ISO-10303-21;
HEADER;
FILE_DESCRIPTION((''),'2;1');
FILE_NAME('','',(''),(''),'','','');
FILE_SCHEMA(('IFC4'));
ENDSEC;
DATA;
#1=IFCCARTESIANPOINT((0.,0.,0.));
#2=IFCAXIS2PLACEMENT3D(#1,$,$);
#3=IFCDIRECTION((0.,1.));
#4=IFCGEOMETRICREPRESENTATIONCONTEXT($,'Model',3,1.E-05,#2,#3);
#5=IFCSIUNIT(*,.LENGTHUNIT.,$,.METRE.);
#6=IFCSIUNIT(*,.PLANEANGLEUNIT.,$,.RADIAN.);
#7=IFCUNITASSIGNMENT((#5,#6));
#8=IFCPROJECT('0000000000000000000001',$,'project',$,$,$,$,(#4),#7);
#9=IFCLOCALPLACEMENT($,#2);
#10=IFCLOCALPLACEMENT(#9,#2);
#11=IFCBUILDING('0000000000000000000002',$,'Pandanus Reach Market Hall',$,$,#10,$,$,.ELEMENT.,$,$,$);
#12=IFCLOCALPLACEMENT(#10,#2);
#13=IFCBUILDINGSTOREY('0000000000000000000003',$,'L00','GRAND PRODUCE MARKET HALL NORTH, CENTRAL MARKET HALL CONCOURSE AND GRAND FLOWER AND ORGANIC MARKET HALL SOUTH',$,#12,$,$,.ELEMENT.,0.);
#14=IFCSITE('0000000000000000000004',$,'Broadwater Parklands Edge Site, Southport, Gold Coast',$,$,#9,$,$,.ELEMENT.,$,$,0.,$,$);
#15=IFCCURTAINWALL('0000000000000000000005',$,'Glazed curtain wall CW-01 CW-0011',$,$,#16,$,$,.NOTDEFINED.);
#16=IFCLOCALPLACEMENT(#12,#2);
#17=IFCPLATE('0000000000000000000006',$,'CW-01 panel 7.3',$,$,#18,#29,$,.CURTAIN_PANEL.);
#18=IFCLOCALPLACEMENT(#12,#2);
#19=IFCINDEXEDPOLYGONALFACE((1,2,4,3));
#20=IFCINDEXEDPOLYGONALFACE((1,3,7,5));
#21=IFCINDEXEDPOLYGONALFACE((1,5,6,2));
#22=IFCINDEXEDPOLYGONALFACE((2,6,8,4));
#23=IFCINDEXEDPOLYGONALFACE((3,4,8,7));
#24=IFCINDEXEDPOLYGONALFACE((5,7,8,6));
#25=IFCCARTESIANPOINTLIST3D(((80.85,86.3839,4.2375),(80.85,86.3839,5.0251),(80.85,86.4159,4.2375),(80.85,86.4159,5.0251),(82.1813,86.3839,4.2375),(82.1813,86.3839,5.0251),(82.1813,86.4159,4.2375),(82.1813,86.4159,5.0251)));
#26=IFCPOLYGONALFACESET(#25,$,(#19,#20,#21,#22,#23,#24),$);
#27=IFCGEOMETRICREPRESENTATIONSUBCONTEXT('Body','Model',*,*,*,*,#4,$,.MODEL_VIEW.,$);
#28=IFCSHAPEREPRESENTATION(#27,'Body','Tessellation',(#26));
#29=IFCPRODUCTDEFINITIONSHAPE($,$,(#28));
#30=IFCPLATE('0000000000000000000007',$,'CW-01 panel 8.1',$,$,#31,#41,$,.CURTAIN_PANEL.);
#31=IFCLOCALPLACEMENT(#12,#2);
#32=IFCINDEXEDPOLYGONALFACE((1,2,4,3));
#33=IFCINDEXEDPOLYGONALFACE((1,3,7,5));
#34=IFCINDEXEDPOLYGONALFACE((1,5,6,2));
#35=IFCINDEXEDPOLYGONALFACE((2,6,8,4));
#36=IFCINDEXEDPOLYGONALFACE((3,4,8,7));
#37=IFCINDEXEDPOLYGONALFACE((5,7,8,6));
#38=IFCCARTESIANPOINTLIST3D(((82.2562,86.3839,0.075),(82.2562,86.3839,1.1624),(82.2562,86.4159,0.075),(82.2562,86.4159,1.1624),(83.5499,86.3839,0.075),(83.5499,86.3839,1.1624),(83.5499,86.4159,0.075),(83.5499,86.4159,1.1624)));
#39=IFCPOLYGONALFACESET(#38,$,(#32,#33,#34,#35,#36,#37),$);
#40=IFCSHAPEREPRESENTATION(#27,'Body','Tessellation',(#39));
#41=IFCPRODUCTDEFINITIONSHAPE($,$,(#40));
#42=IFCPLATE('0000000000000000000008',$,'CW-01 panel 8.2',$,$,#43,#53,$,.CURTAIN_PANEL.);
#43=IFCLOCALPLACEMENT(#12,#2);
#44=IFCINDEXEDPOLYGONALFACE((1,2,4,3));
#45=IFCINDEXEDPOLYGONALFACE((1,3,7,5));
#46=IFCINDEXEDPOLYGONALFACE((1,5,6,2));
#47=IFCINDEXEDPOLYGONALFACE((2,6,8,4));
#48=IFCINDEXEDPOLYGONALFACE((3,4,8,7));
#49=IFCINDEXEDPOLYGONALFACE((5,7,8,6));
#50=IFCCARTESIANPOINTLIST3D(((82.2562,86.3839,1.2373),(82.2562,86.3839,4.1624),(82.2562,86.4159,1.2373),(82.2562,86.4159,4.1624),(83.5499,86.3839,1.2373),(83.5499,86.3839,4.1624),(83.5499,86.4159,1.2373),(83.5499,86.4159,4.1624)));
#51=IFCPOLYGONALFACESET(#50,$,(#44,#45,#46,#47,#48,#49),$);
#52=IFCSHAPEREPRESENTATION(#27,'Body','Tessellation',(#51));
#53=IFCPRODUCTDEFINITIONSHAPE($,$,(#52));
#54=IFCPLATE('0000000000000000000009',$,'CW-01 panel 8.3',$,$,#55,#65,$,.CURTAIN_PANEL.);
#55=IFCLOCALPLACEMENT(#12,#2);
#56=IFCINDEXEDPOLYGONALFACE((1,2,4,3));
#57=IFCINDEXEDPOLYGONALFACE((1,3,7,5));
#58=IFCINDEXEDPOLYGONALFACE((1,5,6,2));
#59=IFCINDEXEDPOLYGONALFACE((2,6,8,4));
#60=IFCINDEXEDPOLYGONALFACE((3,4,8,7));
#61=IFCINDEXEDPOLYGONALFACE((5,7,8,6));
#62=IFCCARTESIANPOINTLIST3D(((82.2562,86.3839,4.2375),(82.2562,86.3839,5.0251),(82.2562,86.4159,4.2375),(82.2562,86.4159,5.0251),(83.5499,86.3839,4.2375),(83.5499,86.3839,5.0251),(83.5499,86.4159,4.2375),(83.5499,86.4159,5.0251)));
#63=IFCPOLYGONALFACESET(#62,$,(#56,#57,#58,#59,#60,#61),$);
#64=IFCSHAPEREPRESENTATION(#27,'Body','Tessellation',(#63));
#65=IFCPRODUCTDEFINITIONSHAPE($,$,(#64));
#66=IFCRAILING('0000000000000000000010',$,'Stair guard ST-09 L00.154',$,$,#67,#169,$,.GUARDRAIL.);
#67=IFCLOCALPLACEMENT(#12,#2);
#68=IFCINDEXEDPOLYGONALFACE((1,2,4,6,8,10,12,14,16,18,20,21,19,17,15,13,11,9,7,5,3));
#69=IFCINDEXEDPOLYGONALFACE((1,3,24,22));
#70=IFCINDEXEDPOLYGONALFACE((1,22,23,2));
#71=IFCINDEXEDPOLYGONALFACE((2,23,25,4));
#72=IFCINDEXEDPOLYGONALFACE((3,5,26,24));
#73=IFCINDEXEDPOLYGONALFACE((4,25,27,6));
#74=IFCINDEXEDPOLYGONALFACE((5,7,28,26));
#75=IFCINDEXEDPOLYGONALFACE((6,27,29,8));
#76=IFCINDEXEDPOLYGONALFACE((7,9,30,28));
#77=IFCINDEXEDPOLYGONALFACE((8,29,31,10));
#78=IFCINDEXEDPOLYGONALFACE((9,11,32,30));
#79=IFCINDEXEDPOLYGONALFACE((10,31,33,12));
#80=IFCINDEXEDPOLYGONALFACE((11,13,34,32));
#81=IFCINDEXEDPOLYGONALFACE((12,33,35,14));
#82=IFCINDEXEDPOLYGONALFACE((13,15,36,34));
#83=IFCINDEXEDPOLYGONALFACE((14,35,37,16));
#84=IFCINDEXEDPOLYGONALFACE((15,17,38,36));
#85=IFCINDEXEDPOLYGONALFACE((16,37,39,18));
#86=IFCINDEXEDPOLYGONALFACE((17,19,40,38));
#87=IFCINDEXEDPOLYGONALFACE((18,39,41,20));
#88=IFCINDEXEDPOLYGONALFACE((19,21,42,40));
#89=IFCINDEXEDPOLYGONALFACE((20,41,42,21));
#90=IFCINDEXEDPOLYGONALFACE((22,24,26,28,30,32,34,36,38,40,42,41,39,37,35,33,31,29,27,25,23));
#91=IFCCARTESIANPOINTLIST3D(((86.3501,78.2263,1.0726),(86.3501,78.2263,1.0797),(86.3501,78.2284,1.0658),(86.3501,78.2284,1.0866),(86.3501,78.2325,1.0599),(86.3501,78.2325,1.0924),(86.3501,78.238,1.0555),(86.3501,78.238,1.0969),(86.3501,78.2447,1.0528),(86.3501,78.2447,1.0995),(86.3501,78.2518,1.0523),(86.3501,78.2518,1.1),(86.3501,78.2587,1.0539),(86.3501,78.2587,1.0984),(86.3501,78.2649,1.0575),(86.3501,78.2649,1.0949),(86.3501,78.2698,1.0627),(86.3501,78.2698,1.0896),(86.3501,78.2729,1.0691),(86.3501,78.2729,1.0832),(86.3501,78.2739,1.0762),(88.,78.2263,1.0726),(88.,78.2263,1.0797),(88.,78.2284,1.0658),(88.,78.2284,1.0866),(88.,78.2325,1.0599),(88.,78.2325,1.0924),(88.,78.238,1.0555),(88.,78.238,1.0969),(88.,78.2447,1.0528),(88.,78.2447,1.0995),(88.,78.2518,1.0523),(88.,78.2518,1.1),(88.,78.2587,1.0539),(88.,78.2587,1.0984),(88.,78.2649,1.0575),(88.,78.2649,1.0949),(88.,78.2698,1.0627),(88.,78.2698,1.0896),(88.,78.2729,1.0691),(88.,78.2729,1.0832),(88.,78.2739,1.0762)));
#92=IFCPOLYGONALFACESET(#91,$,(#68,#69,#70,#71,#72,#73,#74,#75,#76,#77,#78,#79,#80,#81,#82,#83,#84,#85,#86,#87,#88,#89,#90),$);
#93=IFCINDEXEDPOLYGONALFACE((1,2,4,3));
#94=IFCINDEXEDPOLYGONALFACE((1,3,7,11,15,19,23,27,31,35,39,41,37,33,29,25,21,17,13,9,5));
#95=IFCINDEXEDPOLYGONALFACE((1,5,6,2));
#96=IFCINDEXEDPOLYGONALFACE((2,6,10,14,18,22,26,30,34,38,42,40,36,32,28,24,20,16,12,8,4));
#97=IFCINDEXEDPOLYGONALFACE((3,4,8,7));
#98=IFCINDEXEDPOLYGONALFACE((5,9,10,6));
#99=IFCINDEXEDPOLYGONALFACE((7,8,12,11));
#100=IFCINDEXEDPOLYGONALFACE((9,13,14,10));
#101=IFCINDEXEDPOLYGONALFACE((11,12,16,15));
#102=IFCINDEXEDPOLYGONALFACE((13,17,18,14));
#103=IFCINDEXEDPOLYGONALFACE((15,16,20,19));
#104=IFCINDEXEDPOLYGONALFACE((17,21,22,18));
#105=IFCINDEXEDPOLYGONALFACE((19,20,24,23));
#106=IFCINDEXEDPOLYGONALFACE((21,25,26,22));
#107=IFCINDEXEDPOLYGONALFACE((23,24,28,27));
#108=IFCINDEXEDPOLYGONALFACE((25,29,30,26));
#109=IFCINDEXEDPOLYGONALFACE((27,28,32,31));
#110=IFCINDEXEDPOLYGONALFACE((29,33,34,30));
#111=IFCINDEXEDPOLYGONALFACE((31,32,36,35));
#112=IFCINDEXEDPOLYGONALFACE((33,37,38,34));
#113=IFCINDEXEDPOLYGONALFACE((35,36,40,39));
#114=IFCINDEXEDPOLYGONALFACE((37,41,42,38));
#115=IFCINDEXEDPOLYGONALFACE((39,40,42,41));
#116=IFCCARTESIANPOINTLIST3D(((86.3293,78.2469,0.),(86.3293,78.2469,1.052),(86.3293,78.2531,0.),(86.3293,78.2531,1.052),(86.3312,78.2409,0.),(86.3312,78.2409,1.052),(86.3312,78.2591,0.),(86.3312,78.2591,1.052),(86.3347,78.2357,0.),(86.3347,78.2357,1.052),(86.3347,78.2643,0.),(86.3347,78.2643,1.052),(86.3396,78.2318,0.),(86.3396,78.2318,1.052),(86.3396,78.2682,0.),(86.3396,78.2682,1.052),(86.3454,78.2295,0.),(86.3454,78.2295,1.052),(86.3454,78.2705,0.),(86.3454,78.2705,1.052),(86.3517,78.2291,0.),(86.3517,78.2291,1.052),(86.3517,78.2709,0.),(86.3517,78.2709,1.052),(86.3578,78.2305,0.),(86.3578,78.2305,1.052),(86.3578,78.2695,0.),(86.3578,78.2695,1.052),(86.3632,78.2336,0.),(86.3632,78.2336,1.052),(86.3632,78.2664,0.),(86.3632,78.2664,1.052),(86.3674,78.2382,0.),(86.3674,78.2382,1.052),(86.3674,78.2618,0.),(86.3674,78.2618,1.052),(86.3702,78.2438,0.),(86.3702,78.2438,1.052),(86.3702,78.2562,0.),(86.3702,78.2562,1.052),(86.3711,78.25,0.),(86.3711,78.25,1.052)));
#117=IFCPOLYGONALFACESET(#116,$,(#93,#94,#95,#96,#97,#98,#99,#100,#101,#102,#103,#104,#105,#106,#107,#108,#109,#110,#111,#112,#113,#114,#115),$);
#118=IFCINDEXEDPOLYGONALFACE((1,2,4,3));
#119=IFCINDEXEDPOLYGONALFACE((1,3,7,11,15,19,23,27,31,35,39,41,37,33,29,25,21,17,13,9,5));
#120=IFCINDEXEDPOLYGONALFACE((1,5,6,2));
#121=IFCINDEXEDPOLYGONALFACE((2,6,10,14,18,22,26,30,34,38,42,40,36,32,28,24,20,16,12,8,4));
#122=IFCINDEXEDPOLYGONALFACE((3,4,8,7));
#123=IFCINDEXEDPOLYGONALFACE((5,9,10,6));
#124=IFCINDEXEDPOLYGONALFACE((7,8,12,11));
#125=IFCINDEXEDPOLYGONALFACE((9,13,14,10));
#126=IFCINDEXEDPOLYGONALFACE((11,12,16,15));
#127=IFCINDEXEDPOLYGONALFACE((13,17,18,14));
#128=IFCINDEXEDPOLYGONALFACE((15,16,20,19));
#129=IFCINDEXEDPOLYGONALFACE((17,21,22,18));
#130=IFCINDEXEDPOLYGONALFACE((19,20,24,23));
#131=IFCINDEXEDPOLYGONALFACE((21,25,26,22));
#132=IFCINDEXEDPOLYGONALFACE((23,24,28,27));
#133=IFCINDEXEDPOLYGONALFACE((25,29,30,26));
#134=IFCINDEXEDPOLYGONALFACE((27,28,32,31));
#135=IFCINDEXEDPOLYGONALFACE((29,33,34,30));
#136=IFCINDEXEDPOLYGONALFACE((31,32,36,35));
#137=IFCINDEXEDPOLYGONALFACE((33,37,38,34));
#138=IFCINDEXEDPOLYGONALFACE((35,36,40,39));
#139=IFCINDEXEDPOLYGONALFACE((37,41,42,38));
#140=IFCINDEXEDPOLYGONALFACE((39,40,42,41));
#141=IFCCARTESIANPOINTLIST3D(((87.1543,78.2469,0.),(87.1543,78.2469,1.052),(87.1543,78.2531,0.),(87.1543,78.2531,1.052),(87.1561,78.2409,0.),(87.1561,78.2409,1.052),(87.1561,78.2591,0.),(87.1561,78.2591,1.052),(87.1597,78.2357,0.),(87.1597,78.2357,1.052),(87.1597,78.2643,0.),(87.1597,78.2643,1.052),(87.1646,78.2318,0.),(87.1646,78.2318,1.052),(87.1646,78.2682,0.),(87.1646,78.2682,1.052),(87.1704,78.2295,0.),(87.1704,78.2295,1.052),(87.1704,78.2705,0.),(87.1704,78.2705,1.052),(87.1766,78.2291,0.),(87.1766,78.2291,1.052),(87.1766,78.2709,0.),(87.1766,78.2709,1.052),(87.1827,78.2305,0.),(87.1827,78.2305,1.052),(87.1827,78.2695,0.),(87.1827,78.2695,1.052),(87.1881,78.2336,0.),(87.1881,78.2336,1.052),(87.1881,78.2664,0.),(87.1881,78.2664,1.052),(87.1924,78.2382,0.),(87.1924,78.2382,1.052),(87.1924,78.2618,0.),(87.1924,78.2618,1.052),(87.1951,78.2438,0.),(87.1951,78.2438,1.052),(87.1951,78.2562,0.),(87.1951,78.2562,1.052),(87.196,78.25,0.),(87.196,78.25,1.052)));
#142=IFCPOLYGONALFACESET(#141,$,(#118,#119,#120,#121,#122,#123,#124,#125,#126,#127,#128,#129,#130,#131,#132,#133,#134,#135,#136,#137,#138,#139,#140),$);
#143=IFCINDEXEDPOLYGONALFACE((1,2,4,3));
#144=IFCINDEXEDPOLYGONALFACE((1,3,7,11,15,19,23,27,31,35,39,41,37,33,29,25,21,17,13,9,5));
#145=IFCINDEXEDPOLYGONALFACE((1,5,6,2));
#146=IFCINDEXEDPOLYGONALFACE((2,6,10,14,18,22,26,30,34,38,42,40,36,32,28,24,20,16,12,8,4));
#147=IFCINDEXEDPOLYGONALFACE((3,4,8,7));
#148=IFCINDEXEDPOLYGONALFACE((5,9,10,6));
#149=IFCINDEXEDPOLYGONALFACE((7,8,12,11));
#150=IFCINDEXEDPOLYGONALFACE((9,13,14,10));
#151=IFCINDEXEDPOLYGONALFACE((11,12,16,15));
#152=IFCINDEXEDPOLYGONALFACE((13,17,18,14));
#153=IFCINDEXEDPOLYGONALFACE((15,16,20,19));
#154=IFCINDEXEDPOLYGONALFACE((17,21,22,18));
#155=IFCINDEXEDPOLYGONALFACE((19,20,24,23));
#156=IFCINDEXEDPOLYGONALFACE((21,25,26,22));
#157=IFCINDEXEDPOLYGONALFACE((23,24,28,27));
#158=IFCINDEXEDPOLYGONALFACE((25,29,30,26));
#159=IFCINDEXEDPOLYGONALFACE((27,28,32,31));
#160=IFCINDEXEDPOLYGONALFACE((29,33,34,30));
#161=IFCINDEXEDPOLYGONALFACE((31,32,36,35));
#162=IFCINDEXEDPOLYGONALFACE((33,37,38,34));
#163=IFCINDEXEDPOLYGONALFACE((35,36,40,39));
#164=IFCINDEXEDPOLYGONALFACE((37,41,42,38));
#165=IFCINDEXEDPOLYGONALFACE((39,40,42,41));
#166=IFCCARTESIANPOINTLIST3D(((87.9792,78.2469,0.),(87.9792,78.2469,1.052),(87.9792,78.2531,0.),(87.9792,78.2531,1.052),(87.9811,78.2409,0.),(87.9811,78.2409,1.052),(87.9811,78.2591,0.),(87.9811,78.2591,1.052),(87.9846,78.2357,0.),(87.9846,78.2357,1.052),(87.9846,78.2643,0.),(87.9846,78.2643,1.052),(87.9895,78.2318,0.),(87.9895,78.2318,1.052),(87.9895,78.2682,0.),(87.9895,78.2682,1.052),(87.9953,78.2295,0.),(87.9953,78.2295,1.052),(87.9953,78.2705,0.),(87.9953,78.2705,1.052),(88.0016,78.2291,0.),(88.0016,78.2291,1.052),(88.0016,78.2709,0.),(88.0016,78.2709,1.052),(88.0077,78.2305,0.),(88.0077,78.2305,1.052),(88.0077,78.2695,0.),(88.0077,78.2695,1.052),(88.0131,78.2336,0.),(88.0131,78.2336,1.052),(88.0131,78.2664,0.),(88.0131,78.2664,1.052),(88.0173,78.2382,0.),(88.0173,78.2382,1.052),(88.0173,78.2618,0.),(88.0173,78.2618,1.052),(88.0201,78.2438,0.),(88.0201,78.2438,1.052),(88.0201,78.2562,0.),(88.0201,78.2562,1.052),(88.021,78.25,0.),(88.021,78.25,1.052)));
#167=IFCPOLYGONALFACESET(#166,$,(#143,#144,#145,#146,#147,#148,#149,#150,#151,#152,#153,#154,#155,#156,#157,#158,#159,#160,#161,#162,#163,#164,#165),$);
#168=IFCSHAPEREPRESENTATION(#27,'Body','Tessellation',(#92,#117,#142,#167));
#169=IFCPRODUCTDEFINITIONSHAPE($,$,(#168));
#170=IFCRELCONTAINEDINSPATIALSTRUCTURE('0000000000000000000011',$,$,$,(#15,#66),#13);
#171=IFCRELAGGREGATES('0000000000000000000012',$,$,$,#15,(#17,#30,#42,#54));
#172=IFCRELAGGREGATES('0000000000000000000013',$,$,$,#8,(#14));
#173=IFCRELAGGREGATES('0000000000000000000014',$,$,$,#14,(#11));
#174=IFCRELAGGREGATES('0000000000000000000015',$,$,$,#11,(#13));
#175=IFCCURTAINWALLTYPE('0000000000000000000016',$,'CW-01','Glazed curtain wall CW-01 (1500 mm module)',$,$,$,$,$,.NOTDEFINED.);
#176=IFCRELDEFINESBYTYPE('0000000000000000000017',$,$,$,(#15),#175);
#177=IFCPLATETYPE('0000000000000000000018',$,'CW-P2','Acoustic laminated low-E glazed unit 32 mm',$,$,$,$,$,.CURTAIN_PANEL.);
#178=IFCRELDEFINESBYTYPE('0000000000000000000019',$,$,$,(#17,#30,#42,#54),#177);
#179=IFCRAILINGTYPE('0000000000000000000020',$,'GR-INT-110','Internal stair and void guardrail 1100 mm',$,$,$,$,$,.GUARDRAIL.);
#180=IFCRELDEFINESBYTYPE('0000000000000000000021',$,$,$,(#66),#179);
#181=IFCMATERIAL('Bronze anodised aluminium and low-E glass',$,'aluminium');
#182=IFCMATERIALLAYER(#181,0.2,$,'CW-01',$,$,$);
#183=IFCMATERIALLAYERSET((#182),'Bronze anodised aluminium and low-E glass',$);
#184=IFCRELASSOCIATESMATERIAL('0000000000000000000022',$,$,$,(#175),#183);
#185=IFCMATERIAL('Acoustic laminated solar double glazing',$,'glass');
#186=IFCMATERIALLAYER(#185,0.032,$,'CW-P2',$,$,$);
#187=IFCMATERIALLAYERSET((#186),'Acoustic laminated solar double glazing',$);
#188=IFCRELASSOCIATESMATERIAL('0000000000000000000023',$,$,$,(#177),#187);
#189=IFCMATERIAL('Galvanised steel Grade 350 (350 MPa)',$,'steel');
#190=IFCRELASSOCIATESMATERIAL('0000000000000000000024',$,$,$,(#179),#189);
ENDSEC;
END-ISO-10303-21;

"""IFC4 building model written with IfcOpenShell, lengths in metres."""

from ifc_helpers import new_model, si_unit, direction, frame, origin, origin_2d, place, context, subcontext, project, spatial, rectangle, circle, extrude, material, layer, layer_set, type_object, element, aggregate, save


model = new_model("IFC4")

# Units and contexts
model_context = context("Model", 3, precision=1e-05, world=origin(), true_north=direction((0.0, 1.0)))
body_context = subcontext(model_context, "Body", "Model", "MODEL_VIEW")
ifc_project = project(units=[si_unit("LENGTHUNIT", "METRE"), si_unit("PLANEANGLEUNIT", "RADIAN")], contexts=[model_context])

# Site, building, storey
site_placement = place(None, origin())
site = spatial("IfcSite", under=ifc_project, at=site_placement, Name="Broadwater Parklands Edge Site, Southport, Gold Coast", CompositionType="ELEMENT", RefElevation=0.0)
building_placement = place(site_placement, origin())
building = spatial("IfcBuilding", under=site, at=building_placement, Name="Pandanus Reach Market Hall", CompositionType="ELEMENT")
storey_placement = place(building_placement, origin())
storey = spatial("IfcBuildingStorey", under=building, at=storey_placement, Name="L00", Description="GRAND PRODUCE MARKET HALL NORTH, CENTRAL MARKET HALL CONCOURSE AND GRAND FLOWER AND ORGANIC MARKET HALL SOUTH", CompositionType="ELEMENT", Elevation=0.0)

# Curtain wall
ifc_material_1 = material(Name="Bronze anodised aluminium and low-E glass", Category="aluminium")
ifc_layer_1 = layer(ifc_material_1, 0.2, Name="CW-01")
ifc_layer_set_1 = layer_set([ifc_layer_1], Name="Bronze anodised aluminium and low-E glass")
curtain_wall_type = type_object("IfcCurtainWallType", Name="CW-01", Description="Glazed curtain wall CW-01 (1500 mm module)", PredefinedType="NOTDEFINED", material=ifc_layer_set_1)
curtain_wall_placement = place(storey_placement, origin())
curtain_wall = element("IfcCurtainWall", 1, at=curtain_wall_placement, inside=storey, type_object=curtain_wall_type, Name="Glazed curtain wall CW-01 CW-0011", PredefinedType="NOTDEFINED")

# Plates
ifc_material_2 = material(Name="Acoustic laminated solar double glazing", Category="glass")
ifc_layer_2 = layer(ifc_material_2, 0.032, Name="CW-P2")
ifc_layer_set_2 = layer_set([ifc_layer_2], Name="Acoustic laminated solar double glazing")
plate_type_1 = type_object("IfcPlateType", Name="CW-P2", Description="Acoustic laminated low-E glazed unit 32 mm", PredefinedType="CURTAIN_PANEL", material=ifc_layer_set_2)
plate_1_placement = place(storey_placement, frame((81.5156, 86.3999, 4.2375), z_axis=(0.0, 0.0, 1.0), x_axis=(1.0, 0.0, 0.0)))
plate_1 = element("IfcPlate", 2, at=plate_1_placement, type_object=plate_type_1, Name="CW-01 panel 7.3", PredefinedType="CURTAIN_PANEL", context=body_context, shape_type="SweptSolid", body=[
    extrude(rectangle(XDim=1.3313, YDim=0.032, at=origin_2d()), origin(), (0.0, 0.0, 1.0), 0.7876),
])
plate_2_placement = place(storey_placement, frame((82.9031, 86.3999, 0.075), z_axis=(0.0, 0.0, 1.0), x_axis=(1.0, 0.0, 0.0)))
plate_2 = element("IfcPlate", 3, at=plate_2_placement, type_object=plate_type_1, Name="CW-01 panel 8.1", PredefinedType="CURTAIN_PANEL", context=body_context, shape_type="SweptSolid", body=[
    extrude(rectangle(XDim=1.2937, YDim=0.032, at=origin_2d()), origin(), (0.0, 0.0, 1.0), 1.0874),
])
plate_3_placement = place(storey_placement, frame((82.9031, 86.3999, 1.2373), z_axis=(0.0, 0.0, 1.0), x_axis=(1.0, 0.0, 0.0)))
plate_3 = element("IfcPlate", 4, at=plate_3_placement, type_object=plate_type_1, Name="CW-01 panel 8.2", PredefinedType="CURTAIN_PANEL", context=body_context, shape_type="SweptSolid", body=[
    extrude(rectangle(XDim=1.2937, YDim=0.032, at=origin_2d()), origin(), (0.0, 0.0, 1.0), 2.925),
])
plate_4_placement = place(storey_placement, frame((82.9031, 86.3999, 4.2375), z_axis=(0.0, 0.0, 1.0), x_axis=(1.0, 0.0, 0.0)))
plate_4 = element("IfcPlate", 5, at=plate_4_placement, type_object=plate_type_1, Name="CW-01 panel 8.3", PredefinedType="CURTAIN_PANEL", context=body_context, shape_type="SweptSolid", body=[
    extrude(rectangle(XDim=1.2937, YDim=0.032, at=origin_2d()), origin(), (0.0, 0.0, 1.0), 0.7876),
])
aggregate(curtain_wall, [plate_1, plate_2, plate_3, plate_4])

# Railing
ifc_material_3 = material(Name="Galvanised steel Grade 350 (350 MPa)", Category="steel")
railing_type = type_object("IfcRailingType", Name="GR-INT-110", Description="Internal stair and void guardrail 1100 mm", PredefinedType="GUARDRAIL", material=ifc_material_3)
for number, where, name in (
    (6, (86.3501, 78.25, 0.0), "Stair guard ST-09 L00.154"),
):
    element("IfcRailing", number, at=place(storey_placement, frame(where)), inside=storey, type_object=railing_type, Name=name, PredefinedType="GUARDRAIL", context=body_context, shape_type="SweptSolid", body=[
        extrude(circle(Radius=0.0239, at=origin_2d()), frame((0.0, 0.0, 1.0762), z_axis=(1.0, 0.0, 0.0), x_axis=(0.0, 1.0, 0.0)), (0.0, 0.0, 1.0), 1.6499),
        extrude(circle(Radius=0.021, at=origin_2d()), origin(), (0.0, 0.0, 1.0), 1.052),
        extrude(circle(Radius=0.021, at=origin_2d()), frame((0.825, 0.0, 0.0)), (0.0, 0.0, 1.0), 1.052),
        extrude(circle(Radius=0.021, at=origin_2d()), frame((1.6499, 0.0, 0.0)), (0.0, 0.0, 1.0), 1.052),
    ])

save(model, "model.ifc")
